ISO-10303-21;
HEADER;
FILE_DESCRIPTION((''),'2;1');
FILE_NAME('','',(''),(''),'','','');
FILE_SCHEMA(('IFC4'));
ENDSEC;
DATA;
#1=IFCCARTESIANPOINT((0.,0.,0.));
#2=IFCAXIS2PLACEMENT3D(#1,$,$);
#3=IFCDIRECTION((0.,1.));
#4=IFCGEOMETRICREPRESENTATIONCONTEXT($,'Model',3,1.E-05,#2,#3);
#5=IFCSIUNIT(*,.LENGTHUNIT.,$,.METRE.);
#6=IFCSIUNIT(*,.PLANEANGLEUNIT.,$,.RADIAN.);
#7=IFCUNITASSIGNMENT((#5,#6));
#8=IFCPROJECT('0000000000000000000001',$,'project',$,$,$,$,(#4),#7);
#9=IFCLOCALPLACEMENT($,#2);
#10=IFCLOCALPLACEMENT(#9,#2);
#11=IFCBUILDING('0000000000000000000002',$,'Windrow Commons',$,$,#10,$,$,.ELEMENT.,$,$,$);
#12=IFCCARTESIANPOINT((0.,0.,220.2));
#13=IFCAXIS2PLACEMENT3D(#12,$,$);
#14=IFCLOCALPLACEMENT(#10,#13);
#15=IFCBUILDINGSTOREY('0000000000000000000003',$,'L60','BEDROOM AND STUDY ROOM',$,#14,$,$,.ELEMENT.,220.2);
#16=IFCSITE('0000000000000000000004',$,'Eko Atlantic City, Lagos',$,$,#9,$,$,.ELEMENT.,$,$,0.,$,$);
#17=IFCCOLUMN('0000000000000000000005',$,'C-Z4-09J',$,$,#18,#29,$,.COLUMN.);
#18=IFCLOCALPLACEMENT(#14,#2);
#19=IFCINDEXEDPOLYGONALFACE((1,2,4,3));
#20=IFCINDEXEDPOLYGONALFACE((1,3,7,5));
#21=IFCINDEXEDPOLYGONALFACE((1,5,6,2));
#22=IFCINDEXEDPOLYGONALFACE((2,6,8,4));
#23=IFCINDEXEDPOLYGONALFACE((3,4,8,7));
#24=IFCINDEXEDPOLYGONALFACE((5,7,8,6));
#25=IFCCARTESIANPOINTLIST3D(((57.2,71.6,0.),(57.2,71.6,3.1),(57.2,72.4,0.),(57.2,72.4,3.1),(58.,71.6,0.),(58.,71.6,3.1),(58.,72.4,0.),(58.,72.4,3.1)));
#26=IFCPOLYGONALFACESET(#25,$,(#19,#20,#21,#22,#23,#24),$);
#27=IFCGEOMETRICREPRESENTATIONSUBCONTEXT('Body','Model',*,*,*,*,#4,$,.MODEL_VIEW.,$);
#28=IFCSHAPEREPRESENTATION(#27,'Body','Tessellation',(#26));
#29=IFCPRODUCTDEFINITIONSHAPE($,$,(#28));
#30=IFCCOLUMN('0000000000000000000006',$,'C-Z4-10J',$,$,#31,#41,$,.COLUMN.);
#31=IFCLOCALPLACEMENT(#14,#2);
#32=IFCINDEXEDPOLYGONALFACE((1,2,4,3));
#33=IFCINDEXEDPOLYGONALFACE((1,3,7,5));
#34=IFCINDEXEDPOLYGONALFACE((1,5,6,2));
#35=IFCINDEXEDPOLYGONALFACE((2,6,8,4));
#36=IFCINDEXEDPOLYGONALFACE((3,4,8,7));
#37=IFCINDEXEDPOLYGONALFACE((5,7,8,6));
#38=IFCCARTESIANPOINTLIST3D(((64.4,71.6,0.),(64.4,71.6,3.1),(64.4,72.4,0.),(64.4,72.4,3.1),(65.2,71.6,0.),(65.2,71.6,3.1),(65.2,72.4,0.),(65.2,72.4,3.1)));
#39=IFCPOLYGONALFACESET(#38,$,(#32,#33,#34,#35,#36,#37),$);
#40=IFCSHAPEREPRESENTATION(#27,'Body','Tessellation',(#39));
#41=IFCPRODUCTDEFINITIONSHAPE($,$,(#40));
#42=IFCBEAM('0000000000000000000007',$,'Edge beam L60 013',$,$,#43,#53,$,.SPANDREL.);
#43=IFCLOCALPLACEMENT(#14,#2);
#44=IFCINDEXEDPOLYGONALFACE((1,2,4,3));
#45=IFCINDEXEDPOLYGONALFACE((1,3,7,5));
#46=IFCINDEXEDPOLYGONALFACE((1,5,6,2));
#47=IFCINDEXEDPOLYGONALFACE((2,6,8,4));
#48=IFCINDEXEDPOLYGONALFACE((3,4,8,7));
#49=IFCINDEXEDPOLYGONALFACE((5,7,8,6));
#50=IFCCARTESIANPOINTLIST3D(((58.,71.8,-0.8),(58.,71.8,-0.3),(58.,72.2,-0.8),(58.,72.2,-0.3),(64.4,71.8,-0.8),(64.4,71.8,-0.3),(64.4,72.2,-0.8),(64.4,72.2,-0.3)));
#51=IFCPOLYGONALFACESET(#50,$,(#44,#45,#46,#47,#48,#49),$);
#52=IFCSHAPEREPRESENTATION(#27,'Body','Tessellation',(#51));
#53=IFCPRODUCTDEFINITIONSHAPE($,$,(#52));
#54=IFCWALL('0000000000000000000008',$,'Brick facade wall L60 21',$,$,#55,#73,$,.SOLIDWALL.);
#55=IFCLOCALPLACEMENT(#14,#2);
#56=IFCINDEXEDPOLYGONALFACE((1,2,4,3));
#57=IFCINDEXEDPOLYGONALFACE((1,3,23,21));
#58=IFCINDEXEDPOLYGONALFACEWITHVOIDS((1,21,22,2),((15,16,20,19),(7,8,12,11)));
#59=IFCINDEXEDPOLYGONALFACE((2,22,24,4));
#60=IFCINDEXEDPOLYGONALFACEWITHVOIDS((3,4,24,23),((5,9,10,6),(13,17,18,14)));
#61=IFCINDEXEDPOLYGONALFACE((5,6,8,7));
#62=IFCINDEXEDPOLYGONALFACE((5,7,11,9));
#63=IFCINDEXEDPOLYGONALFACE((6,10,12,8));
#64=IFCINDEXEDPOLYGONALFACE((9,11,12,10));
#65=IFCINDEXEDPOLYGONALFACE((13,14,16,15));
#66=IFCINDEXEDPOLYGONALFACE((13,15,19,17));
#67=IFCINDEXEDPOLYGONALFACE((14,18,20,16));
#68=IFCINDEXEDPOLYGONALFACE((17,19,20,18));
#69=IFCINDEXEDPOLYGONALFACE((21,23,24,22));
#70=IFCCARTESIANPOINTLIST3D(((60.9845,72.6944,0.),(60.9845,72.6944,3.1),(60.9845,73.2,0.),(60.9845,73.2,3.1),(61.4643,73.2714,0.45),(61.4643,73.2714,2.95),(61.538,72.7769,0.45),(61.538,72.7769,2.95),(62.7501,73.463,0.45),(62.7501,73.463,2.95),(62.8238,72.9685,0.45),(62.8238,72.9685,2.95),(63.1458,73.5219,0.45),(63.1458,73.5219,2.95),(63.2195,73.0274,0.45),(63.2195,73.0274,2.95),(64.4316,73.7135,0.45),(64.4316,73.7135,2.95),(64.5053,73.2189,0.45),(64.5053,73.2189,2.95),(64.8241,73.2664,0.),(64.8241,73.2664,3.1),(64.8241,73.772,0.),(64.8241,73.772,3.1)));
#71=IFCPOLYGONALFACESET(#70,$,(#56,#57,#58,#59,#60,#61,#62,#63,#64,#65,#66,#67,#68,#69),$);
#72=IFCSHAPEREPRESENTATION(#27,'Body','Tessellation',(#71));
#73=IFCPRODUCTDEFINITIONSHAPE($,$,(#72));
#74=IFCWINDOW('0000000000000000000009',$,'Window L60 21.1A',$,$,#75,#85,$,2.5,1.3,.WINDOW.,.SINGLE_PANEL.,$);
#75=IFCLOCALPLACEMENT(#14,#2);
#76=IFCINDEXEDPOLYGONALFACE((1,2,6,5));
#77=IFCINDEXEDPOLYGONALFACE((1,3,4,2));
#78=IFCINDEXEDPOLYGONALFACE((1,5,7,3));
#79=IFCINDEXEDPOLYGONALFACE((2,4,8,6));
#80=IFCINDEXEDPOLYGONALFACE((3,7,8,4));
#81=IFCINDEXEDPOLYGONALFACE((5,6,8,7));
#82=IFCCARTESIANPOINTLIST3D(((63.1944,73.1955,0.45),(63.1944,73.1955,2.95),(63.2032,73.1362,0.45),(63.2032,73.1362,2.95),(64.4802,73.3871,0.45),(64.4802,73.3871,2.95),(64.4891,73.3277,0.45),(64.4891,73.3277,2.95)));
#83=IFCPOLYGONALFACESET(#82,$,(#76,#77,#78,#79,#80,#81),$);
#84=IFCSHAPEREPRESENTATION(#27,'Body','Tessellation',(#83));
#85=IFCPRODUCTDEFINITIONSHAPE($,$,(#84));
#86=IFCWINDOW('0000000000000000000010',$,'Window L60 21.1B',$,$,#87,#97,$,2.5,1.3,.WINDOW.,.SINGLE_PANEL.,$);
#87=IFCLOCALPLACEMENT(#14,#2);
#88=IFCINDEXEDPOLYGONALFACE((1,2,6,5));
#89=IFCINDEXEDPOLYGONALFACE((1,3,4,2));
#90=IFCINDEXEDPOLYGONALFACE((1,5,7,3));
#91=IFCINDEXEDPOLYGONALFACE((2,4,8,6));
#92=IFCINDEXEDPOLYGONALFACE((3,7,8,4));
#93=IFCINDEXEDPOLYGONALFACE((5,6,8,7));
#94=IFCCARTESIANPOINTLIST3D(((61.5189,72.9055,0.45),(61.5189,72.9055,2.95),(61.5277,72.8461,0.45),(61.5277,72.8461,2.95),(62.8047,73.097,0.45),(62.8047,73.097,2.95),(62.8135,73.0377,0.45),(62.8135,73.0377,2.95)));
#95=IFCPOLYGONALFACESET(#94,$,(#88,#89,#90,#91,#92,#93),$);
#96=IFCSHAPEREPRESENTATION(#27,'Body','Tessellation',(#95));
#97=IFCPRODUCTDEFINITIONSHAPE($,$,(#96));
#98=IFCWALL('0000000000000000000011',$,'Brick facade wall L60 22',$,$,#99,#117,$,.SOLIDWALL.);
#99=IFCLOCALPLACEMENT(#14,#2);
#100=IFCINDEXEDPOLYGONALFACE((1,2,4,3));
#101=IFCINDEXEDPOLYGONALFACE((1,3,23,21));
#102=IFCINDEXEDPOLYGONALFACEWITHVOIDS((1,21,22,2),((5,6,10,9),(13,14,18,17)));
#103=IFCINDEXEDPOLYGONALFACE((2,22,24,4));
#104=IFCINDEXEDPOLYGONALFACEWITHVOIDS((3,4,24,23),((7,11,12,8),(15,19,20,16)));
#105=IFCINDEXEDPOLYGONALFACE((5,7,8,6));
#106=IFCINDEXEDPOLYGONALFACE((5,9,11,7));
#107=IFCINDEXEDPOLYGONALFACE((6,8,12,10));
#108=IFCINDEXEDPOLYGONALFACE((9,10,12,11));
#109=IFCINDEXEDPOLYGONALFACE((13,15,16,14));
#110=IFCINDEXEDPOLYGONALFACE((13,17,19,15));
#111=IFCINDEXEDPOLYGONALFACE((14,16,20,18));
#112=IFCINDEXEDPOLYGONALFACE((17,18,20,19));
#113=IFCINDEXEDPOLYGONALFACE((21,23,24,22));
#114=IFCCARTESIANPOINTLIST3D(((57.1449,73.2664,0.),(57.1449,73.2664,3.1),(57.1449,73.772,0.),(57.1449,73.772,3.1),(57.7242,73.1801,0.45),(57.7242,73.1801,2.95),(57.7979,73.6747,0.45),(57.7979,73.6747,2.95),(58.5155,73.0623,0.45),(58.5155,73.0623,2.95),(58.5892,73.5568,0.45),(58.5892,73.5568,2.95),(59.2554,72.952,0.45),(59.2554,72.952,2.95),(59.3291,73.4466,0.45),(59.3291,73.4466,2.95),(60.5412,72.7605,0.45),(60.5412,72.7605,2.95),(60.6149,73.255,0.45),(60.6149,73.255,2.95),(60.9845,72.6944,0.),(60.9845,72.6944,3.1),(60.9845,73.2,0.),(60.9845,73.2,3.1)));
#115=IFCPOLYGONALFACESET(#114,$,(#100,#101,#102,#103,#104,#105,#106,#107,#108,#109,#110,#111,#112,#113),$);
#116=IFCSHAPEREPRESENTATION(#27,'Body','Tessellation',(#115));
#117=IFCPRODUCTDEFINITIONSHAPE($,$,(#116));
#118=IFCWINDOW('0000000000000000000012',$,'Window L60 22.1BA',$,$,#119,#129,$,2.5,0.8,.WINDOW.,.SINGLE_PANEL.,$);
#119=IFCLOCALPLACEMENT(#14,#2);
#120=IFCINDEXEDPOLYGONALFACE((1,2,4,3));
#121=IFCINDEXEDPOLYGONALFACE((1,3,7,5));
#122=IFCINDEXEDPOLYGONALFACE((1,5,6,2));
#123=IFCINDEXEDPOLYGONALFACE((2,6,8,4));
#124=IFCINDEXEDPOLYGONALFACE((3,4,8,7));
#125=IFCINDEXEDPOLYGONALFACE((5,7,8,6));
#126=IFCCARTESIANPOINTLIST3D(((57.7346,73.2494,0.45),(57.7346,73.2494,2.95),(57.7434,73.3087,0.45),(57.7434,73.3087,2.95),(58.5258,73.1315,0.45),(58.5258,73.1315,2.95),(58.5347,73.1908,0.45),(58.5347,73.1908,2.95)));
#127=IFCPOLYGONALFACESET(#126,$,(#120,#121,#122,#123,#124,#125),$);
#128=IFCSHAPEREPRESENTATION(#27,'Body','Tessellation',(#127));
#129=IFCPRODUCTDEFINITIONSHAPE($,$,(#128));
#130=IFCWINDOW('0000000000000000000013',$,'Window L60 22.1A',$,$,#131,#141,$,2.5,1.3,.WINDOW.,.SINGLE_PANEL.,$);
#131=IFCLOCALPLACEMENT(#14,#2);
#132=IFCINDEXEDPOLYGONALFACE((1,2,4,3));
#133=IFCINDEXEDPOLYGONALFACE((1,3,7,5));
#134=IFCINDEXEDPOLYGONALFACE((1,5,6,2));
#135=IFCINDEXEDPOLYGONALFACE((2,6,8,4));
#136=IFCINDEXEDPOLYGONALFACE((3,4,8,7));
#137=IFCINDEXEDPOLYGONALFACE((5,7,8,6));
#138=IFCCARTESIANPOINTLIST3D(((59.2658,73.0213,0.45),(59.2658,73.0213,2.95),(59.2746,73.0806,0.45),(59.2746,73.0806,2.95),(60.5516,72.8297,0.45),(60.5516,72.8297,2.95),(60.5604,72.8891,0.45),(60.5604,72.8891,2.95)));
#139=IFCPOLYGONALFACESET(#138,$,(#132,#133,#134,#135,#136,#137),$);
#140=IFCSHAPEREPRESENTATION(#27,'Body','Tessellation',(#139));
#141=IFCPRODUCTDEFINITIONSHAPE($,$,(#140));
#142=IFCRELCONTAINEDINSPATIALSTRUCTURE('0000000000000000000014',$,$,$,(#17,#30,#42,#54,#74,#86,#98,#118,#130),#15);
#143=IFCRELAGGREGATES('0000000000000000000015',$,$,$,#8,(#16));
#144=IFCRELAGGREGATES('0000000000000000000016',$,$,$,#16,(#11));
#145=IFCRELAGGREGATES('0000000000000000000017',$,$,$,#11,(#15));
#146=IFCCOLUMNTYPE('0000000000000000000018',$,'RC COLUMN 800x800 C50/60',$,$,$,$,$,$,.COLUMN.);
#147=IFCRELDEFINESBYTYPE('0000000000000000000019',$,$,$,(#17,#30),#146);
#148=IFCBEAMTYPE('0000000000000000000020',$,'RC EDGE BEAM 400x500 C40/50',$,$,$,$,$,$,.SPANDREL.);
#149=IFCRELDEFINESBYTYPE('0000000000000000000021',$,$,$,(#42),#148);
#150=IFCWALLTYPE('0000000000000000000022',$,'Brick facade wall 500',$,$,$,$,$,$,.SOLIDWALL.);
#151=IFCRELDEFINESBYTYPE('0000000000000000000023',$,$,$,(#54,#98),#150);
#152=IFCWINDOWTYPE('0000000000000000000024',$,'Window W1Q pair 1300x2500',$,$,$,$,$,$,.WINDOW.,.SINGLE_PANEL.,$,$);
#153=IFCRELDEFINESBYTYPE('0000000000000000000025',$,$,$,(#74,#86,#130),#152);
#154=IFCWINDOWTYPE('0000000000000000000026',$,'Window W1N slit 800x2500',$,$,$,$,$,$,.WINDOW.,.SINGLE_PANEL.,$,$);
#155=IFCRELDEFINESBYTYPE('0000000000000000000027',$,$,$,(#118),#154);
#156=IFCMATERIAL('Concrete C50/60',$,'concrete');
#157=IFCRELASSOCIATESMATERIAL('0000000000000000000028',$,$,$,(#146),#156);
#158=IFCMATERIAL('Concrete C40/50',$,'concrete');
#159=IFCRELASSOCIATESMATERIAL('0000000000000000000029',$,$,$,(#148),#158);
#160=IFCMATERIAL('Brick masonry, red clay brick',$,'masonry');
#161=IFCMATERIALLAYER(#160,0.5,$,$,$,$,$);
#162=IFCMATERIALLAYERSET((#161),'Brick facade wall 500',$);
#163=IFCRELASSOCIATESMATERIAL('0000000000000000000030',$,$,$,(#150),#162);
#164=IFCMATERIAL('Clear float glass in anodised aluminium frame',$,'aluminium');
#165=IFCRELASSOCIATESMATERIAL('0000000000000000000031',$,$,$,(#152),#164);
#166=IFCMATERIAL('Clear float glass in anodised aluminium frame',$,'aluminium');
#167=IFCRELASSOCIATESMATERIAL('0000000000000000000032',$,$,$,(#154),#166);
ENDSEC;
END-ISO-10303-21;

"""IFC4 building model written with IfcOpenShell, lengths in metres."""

from ifc_helpers import new_model, si_unit, direction, frame, frame_2d, origin, origin_2d, place, context, subcontext, project, spatial, polyline, rectangle, outline, extrude, material, layer, layer_set, material_profile, profile_set, type_object, element, fill, save


model = new_model("IFC4")

# Units and contexts
model_context = context("Model", 3, precision=1e-05, world=origin(), true_north=direction((0.0, 1.0)))
body_context = subcontext(model_context, "Body", "Model", "MODEL_VIEW")
ifc_project = project(units=[si_unit("LENGTHUNIT", "METRE"), si_unit("PLANEANGLEUNIT", "RADIAN")], contexts=[model_context])

# Site, building, storey
site_placement = place(None, origin())
site = spatial("IfcSite", under=ifc_project, at=site_placement, Name="Eko Atlantic City, Lagos", CompositionType="ELEMENT", RefElevation=0.0)
building_placement = place(site_placement, origin())
building = spatial("IfcBuilding", under=site, at=building_placement, Name="Windrow Commons", CompositionType="ELEMENT")
storey_placement = place(building_placement, frame((0.0, 0.0, 220.2)))
storey = spatial("IfcBuildingStorey", under=building, at=storey_placement, Name="L60", Description="BEDROOM AND STUDY ROOM", CompositionType="ELEMENT", Elevation=220.2)

# Columns
ifc_material_1 = material(Name="Concrete C50/60", Category="concrete")
ifc_material_profile_1 = material_profile(ifc_material_1, rectangle(XDim=0.8, YDim=0.8, at=origin_2d()))
ifc_profile_set_1 = profile_set([ifc_material_profile_1], Name="Concrete C50/60")
column_type = type_object("IfcColumnType", Name="RC COLUMN 800x800 C50/60", PredefinedType="COLUMN", material=ifc_profile_set_1)
for number, where, z_axis, x_axis, name in (
    (1, (57.6, 72.0, 0.0), (0.0, 0.0, 1.0), (1.0, 0.0, 0.0), "C-Z4-09J"),
    (2, (64.8, 72.0, 0.0), (0.0, 0.0, 1.0), (1.0, 0.0, 0.0), "C-Z4-10J"),
):
    element("IfcColumn", number, at=place(storey_placement, frame(where, z_axis=z_axis, x_axis=x_axis)), inside=storey, type_object=column_type, Name=name, PredefinedType="COLUMN", context=body_context, shape_type="SweptSolid", body=[
        extrude(rectangle(XDim=0.8, YDim=0.8, at=origin_2d()), origin(), (0.0, 0.0, 1.0), 3.1),
    ])

# Beam
ifc_material_2 = material(Name="Concrete C40/50", Category="concrete")
ifc_material_profile_2 = material_profile(ifc_material_2, rectangle(XDim=0.4, YDim=0.5, at=origin_2d()))
ifc_profile_set_2 = profile_set([ifc_material_profile_2], Name="Concrete C40/50")
beam_type = type_object("IfcBeamType", Name="RC EDGE BEAM 400x500 C40/50", PredefinedType="SPANDREL", material=ifc_profile_set_2)
beam_placement = place(storey_placement, frame((58.0, 72.0, -0.55), z_axis=(1.0, 0.0, 0.0), x_axis=(0.0, 1.0, 0.0)))
element("IfcBeam", 3, at=beam_placement, inside=storey, type_object=beam_type, Name="Edge beam L60 013", PredefinedType="SPANDREL", context=body_context, shape_type="SweptSolid", body=[
    extrude(rectangle(XDim=0.4, YDim=0.5, at=origin_2d()), origin(), (0.0, 0.0, 1.0), 6.4),
])

# Walls, openings, windows
ifc_material_3 = material(Name="Brick masonry, red clay brick", Category="masonry")
ifc_layer_1 = layer(ifc_material_3, 0.5)
ifc_layer_set_1 = layer_set([ifc_layer_1], Name="Brick facade wall 500")
wall_type_1 = type_object("IfcWallType", Name="Brick facade wall 500", PredefinedType="SOLIDWALL", material=ifc_layer_set_1)
wall_1_placement = place(storey_placement, frame((64.8241, 73.5192, 0.0), z_axis=(0.0, 0.0, 1.0), x_axis=(-0.989085, -0.147348, 0.0)))
wall_1 = element("IfcWall", 4, at=wall_1_placement, inside=storey, type_object=wall_type_1, Name="Brick facade wall L60 21", PredefinedType="SOLIDWALL", context=body_context, shape_type="SweptSolid", body=[
    extrude(outline(polyline([(-0.0372, -0.25), (3.8447, -0.25), (3.9192, 0.25), (0.0372, 0.25), (-0.0372, -0.25)])), origin(), (0.0, 0.0, 1.0), 3.1),
])
opening_1_placement = place(wall_1_placement, frame((0.3596, 0.0, 0.45)))
opening_1 = element("IfcOpeningElement", 5, at=opening_1_placement, cuts=wall_1, PredefinedType="OPENING", context=body_context, shape_type="SweptSolid", body=[
    extrude(rectangle(XDim=1.3, YDim=2.5, at=frame_2d((0.65, 1.25))), frame((0.0, 0.26, 0.0), z_axis=(0.0, -1.0, 0.0), x_axis=(1.0, 0.0, 0.0)), (0.0, 0.0, 1.0), 0.52),
])
opening_2_placement = place(wall_1_placement, frame((2.0596, 0.0, 0.45)))
opening_2 = element("IfcOpeningElement", 6, at=opening_2_placement, cuts=wall_1, PredefinedType="OPENING", context=body_context, shape_type="SweptSolid", body=[
    extrude(rectangle(XDim=1.3, YDim=2.5, at=frame_2d((0.65, 1.25))), frame((0.0, 0.26, 0.0), z_axis=(0.0, -1.0, 0.0), x_axis=(1.0, 0.0, 0.0)), (0.0, 0.0, 1.0), 0.52),
])
ifc_material_4 = material(Name="Clear float glass in anodised aluminium frame", Category="aluminium")
window_type_1 = type_object("IfcWindowType", Name="Window W1Q pair 1300x2500", PartitioningType="SINGLE_PANEL", PredefinedType="WINDOW", material=ifc_material_4)
window_1_placement = place(opening_1_placement, origin())
window_1 = element("IfcWindow", 7, at=window_1_placement, inside=storey, type_object=window_type_1, Name="Window L60 21.1A", OverallHeight=2.5, OverallWidth=1.3, PartitioningType="SINGLE_PANEL", PredefinedType="WINDOW", context=body_context, shape_type="SweptSolid", body=[
    extrude(rectangle(XDim=1.3, YDim=2.5, at=frame_2d((0.65, 1.25))), frame((0.0, 0.14, 0.0), z_axis=(0.0, -1.0, 0.0), x_axis=(1.0, 0.0, 0.0)), (0.0, 0.0, 1.0), 0.06),
])
fill(opening_1, window_1)
window_2_placement = place(opening_2_placement, origin())
window_2 = element("IfcWindow", 8, at=window_2_placement, inside=storey, type_object=window_type_1, Name="Window L60 21.1B", OverallHeight=2.5, OverallWidth=1.3, PartitioningType="SINGLE_PANEL", PredefinedType="WINDOW", context=body_context, shape_type="SweptSolid", body=[
    extrude(rectangle(XDim=1.3, YDim=2.5, at=frame_2d((0.65, 1.25))), frame((0.0, 0.18, 0.0), z_axis=(0.0, -1.0, 0.0), x_axis=(1.0, 0.0, 0.0)), (0.0, 0.0, 1.0), 0.06),
])
fill(opening_2, window_2)
wall_2_placement = place(storey_placement, frame((60.9845, 72.9472, 0.0), z_axis=(0.0, 0.0, 1.0), x_axis=(-0.989085, 0.147348, 0.0)))
wall_2 = element("IfcWall", 9, at=wall_2_placement, inside=storey, type_object=wall_type_1, Name="Brick facade wall L60 22", PredefinedType="SOLIDWALL", context=body_context, shape_type="SweptSolid", body=[
    extrude(outline(polyline([(0.0372, -0.25), (3.9192, -0.25), (3.8447, 0.25), (-0.0372, 0.25), (0.0372, -0.25)])), origin(), (0.0, 0.0, 1.0), 3.1),
])
opening_3_placement = place(wall_2_placement, frame((0.4109, 0.0, 0.45)))
opening_3 = element("IfcOpeningElement", 10, at=opening_3_placement, cuts=wall_2, PredefinedType="OPENING", context=body_context, shape_type="SweptSolid", body=[
    extrude(rectangle(XDim=1.3, YDim=2.5, at=frame_2d((0.65, 1.25))), frame((0.0, 0.26, 0.0), z_axis=(0.0, -1.0, 0.0), x_axis=(1.0, 0.0, 0.0)), (0.0, 0.0, 1.0), 0.52),
])
opening_4_placement = place(wall_2_placement, frame((2.459, 0.0, 0.45)))
opening_4 = element("IfcOpeningElement", 11, at=opening_4_placement, cuts=wall_2, PredefinedType="OPENING", context=body_context, shape_type="SweptSolid", body=[
    extrude(rectangle(XDim=0.8, YDim=2.5, at=frame_2d((0.4, 1.25))), frame((0.0, 0.26, 0.0), z_axis=(0.0, -1.0, 0.0), x_axis=(1.0, 0.0, 0.0)), (0.0, 0.0, 1.0), 0.52),
])
ifc_material_5 = material(Name="Clear float glass in anodised aluminium frame", Category="aluminium")
window_type_2 = type_object("IfcWindowType", Name="Window W1N slit 800x2500", PartitioningType="SINGLE_PANEL", PredefinedType="WINDOW", material=ifc_material_5)
window_3_placement = place(opening_4_placement, origin())
window_3 = element("IfcWindow", 12, at=window_3_placement, inside=storey, type_object=window_type_2, Name="Window L60 22.1BA", OverallHeight=2.5, OverallWidth=0.8, PartitioningType="SINGLE_PANEL", PredefinedType="WINDOW", context=body_context, shape_type="SweptSolid", body=[
    extrude(rectangle(XDim=0.8, YDim=2.5, at=frame_2d((0.4, 1.25))), frame((0.0, 0.18, 0.0), z_axis=(0.0, -1.0, 0.0), x_axis=(1.0, 0.0, 0.0)), (0.0, 0.0, 1.0), 0.06),
])
fill(opening_4, window_3)
window_4_placement = place(opening_3_placement, origin())
window_4 = element("IfcWindow", 13, at=window_4_placement, inside=storey, type_object=window_type_1, Name="Window L60 22.1A", OverallHeight=2.5, OverallWidth=1.3, PartitioningType="SINGLE_PANEL", PredefinedType="WINDOW", context=body_context, shape_type="SweptSolid", body=[
    extrude(rectangle(XDim=1.3, YDim=2.5, at=frame_2d((0.65, 1.25))), frame((0.0, 0.18, 0.0), z_axis=(0.0, -1.0, 0.0), x_axis=(1.0, 0.0, 0.0)), (0.0, 0.0, 1.0), 0.06),
])
fill(opening_3, window_4)

save(model, "model.ifc")
